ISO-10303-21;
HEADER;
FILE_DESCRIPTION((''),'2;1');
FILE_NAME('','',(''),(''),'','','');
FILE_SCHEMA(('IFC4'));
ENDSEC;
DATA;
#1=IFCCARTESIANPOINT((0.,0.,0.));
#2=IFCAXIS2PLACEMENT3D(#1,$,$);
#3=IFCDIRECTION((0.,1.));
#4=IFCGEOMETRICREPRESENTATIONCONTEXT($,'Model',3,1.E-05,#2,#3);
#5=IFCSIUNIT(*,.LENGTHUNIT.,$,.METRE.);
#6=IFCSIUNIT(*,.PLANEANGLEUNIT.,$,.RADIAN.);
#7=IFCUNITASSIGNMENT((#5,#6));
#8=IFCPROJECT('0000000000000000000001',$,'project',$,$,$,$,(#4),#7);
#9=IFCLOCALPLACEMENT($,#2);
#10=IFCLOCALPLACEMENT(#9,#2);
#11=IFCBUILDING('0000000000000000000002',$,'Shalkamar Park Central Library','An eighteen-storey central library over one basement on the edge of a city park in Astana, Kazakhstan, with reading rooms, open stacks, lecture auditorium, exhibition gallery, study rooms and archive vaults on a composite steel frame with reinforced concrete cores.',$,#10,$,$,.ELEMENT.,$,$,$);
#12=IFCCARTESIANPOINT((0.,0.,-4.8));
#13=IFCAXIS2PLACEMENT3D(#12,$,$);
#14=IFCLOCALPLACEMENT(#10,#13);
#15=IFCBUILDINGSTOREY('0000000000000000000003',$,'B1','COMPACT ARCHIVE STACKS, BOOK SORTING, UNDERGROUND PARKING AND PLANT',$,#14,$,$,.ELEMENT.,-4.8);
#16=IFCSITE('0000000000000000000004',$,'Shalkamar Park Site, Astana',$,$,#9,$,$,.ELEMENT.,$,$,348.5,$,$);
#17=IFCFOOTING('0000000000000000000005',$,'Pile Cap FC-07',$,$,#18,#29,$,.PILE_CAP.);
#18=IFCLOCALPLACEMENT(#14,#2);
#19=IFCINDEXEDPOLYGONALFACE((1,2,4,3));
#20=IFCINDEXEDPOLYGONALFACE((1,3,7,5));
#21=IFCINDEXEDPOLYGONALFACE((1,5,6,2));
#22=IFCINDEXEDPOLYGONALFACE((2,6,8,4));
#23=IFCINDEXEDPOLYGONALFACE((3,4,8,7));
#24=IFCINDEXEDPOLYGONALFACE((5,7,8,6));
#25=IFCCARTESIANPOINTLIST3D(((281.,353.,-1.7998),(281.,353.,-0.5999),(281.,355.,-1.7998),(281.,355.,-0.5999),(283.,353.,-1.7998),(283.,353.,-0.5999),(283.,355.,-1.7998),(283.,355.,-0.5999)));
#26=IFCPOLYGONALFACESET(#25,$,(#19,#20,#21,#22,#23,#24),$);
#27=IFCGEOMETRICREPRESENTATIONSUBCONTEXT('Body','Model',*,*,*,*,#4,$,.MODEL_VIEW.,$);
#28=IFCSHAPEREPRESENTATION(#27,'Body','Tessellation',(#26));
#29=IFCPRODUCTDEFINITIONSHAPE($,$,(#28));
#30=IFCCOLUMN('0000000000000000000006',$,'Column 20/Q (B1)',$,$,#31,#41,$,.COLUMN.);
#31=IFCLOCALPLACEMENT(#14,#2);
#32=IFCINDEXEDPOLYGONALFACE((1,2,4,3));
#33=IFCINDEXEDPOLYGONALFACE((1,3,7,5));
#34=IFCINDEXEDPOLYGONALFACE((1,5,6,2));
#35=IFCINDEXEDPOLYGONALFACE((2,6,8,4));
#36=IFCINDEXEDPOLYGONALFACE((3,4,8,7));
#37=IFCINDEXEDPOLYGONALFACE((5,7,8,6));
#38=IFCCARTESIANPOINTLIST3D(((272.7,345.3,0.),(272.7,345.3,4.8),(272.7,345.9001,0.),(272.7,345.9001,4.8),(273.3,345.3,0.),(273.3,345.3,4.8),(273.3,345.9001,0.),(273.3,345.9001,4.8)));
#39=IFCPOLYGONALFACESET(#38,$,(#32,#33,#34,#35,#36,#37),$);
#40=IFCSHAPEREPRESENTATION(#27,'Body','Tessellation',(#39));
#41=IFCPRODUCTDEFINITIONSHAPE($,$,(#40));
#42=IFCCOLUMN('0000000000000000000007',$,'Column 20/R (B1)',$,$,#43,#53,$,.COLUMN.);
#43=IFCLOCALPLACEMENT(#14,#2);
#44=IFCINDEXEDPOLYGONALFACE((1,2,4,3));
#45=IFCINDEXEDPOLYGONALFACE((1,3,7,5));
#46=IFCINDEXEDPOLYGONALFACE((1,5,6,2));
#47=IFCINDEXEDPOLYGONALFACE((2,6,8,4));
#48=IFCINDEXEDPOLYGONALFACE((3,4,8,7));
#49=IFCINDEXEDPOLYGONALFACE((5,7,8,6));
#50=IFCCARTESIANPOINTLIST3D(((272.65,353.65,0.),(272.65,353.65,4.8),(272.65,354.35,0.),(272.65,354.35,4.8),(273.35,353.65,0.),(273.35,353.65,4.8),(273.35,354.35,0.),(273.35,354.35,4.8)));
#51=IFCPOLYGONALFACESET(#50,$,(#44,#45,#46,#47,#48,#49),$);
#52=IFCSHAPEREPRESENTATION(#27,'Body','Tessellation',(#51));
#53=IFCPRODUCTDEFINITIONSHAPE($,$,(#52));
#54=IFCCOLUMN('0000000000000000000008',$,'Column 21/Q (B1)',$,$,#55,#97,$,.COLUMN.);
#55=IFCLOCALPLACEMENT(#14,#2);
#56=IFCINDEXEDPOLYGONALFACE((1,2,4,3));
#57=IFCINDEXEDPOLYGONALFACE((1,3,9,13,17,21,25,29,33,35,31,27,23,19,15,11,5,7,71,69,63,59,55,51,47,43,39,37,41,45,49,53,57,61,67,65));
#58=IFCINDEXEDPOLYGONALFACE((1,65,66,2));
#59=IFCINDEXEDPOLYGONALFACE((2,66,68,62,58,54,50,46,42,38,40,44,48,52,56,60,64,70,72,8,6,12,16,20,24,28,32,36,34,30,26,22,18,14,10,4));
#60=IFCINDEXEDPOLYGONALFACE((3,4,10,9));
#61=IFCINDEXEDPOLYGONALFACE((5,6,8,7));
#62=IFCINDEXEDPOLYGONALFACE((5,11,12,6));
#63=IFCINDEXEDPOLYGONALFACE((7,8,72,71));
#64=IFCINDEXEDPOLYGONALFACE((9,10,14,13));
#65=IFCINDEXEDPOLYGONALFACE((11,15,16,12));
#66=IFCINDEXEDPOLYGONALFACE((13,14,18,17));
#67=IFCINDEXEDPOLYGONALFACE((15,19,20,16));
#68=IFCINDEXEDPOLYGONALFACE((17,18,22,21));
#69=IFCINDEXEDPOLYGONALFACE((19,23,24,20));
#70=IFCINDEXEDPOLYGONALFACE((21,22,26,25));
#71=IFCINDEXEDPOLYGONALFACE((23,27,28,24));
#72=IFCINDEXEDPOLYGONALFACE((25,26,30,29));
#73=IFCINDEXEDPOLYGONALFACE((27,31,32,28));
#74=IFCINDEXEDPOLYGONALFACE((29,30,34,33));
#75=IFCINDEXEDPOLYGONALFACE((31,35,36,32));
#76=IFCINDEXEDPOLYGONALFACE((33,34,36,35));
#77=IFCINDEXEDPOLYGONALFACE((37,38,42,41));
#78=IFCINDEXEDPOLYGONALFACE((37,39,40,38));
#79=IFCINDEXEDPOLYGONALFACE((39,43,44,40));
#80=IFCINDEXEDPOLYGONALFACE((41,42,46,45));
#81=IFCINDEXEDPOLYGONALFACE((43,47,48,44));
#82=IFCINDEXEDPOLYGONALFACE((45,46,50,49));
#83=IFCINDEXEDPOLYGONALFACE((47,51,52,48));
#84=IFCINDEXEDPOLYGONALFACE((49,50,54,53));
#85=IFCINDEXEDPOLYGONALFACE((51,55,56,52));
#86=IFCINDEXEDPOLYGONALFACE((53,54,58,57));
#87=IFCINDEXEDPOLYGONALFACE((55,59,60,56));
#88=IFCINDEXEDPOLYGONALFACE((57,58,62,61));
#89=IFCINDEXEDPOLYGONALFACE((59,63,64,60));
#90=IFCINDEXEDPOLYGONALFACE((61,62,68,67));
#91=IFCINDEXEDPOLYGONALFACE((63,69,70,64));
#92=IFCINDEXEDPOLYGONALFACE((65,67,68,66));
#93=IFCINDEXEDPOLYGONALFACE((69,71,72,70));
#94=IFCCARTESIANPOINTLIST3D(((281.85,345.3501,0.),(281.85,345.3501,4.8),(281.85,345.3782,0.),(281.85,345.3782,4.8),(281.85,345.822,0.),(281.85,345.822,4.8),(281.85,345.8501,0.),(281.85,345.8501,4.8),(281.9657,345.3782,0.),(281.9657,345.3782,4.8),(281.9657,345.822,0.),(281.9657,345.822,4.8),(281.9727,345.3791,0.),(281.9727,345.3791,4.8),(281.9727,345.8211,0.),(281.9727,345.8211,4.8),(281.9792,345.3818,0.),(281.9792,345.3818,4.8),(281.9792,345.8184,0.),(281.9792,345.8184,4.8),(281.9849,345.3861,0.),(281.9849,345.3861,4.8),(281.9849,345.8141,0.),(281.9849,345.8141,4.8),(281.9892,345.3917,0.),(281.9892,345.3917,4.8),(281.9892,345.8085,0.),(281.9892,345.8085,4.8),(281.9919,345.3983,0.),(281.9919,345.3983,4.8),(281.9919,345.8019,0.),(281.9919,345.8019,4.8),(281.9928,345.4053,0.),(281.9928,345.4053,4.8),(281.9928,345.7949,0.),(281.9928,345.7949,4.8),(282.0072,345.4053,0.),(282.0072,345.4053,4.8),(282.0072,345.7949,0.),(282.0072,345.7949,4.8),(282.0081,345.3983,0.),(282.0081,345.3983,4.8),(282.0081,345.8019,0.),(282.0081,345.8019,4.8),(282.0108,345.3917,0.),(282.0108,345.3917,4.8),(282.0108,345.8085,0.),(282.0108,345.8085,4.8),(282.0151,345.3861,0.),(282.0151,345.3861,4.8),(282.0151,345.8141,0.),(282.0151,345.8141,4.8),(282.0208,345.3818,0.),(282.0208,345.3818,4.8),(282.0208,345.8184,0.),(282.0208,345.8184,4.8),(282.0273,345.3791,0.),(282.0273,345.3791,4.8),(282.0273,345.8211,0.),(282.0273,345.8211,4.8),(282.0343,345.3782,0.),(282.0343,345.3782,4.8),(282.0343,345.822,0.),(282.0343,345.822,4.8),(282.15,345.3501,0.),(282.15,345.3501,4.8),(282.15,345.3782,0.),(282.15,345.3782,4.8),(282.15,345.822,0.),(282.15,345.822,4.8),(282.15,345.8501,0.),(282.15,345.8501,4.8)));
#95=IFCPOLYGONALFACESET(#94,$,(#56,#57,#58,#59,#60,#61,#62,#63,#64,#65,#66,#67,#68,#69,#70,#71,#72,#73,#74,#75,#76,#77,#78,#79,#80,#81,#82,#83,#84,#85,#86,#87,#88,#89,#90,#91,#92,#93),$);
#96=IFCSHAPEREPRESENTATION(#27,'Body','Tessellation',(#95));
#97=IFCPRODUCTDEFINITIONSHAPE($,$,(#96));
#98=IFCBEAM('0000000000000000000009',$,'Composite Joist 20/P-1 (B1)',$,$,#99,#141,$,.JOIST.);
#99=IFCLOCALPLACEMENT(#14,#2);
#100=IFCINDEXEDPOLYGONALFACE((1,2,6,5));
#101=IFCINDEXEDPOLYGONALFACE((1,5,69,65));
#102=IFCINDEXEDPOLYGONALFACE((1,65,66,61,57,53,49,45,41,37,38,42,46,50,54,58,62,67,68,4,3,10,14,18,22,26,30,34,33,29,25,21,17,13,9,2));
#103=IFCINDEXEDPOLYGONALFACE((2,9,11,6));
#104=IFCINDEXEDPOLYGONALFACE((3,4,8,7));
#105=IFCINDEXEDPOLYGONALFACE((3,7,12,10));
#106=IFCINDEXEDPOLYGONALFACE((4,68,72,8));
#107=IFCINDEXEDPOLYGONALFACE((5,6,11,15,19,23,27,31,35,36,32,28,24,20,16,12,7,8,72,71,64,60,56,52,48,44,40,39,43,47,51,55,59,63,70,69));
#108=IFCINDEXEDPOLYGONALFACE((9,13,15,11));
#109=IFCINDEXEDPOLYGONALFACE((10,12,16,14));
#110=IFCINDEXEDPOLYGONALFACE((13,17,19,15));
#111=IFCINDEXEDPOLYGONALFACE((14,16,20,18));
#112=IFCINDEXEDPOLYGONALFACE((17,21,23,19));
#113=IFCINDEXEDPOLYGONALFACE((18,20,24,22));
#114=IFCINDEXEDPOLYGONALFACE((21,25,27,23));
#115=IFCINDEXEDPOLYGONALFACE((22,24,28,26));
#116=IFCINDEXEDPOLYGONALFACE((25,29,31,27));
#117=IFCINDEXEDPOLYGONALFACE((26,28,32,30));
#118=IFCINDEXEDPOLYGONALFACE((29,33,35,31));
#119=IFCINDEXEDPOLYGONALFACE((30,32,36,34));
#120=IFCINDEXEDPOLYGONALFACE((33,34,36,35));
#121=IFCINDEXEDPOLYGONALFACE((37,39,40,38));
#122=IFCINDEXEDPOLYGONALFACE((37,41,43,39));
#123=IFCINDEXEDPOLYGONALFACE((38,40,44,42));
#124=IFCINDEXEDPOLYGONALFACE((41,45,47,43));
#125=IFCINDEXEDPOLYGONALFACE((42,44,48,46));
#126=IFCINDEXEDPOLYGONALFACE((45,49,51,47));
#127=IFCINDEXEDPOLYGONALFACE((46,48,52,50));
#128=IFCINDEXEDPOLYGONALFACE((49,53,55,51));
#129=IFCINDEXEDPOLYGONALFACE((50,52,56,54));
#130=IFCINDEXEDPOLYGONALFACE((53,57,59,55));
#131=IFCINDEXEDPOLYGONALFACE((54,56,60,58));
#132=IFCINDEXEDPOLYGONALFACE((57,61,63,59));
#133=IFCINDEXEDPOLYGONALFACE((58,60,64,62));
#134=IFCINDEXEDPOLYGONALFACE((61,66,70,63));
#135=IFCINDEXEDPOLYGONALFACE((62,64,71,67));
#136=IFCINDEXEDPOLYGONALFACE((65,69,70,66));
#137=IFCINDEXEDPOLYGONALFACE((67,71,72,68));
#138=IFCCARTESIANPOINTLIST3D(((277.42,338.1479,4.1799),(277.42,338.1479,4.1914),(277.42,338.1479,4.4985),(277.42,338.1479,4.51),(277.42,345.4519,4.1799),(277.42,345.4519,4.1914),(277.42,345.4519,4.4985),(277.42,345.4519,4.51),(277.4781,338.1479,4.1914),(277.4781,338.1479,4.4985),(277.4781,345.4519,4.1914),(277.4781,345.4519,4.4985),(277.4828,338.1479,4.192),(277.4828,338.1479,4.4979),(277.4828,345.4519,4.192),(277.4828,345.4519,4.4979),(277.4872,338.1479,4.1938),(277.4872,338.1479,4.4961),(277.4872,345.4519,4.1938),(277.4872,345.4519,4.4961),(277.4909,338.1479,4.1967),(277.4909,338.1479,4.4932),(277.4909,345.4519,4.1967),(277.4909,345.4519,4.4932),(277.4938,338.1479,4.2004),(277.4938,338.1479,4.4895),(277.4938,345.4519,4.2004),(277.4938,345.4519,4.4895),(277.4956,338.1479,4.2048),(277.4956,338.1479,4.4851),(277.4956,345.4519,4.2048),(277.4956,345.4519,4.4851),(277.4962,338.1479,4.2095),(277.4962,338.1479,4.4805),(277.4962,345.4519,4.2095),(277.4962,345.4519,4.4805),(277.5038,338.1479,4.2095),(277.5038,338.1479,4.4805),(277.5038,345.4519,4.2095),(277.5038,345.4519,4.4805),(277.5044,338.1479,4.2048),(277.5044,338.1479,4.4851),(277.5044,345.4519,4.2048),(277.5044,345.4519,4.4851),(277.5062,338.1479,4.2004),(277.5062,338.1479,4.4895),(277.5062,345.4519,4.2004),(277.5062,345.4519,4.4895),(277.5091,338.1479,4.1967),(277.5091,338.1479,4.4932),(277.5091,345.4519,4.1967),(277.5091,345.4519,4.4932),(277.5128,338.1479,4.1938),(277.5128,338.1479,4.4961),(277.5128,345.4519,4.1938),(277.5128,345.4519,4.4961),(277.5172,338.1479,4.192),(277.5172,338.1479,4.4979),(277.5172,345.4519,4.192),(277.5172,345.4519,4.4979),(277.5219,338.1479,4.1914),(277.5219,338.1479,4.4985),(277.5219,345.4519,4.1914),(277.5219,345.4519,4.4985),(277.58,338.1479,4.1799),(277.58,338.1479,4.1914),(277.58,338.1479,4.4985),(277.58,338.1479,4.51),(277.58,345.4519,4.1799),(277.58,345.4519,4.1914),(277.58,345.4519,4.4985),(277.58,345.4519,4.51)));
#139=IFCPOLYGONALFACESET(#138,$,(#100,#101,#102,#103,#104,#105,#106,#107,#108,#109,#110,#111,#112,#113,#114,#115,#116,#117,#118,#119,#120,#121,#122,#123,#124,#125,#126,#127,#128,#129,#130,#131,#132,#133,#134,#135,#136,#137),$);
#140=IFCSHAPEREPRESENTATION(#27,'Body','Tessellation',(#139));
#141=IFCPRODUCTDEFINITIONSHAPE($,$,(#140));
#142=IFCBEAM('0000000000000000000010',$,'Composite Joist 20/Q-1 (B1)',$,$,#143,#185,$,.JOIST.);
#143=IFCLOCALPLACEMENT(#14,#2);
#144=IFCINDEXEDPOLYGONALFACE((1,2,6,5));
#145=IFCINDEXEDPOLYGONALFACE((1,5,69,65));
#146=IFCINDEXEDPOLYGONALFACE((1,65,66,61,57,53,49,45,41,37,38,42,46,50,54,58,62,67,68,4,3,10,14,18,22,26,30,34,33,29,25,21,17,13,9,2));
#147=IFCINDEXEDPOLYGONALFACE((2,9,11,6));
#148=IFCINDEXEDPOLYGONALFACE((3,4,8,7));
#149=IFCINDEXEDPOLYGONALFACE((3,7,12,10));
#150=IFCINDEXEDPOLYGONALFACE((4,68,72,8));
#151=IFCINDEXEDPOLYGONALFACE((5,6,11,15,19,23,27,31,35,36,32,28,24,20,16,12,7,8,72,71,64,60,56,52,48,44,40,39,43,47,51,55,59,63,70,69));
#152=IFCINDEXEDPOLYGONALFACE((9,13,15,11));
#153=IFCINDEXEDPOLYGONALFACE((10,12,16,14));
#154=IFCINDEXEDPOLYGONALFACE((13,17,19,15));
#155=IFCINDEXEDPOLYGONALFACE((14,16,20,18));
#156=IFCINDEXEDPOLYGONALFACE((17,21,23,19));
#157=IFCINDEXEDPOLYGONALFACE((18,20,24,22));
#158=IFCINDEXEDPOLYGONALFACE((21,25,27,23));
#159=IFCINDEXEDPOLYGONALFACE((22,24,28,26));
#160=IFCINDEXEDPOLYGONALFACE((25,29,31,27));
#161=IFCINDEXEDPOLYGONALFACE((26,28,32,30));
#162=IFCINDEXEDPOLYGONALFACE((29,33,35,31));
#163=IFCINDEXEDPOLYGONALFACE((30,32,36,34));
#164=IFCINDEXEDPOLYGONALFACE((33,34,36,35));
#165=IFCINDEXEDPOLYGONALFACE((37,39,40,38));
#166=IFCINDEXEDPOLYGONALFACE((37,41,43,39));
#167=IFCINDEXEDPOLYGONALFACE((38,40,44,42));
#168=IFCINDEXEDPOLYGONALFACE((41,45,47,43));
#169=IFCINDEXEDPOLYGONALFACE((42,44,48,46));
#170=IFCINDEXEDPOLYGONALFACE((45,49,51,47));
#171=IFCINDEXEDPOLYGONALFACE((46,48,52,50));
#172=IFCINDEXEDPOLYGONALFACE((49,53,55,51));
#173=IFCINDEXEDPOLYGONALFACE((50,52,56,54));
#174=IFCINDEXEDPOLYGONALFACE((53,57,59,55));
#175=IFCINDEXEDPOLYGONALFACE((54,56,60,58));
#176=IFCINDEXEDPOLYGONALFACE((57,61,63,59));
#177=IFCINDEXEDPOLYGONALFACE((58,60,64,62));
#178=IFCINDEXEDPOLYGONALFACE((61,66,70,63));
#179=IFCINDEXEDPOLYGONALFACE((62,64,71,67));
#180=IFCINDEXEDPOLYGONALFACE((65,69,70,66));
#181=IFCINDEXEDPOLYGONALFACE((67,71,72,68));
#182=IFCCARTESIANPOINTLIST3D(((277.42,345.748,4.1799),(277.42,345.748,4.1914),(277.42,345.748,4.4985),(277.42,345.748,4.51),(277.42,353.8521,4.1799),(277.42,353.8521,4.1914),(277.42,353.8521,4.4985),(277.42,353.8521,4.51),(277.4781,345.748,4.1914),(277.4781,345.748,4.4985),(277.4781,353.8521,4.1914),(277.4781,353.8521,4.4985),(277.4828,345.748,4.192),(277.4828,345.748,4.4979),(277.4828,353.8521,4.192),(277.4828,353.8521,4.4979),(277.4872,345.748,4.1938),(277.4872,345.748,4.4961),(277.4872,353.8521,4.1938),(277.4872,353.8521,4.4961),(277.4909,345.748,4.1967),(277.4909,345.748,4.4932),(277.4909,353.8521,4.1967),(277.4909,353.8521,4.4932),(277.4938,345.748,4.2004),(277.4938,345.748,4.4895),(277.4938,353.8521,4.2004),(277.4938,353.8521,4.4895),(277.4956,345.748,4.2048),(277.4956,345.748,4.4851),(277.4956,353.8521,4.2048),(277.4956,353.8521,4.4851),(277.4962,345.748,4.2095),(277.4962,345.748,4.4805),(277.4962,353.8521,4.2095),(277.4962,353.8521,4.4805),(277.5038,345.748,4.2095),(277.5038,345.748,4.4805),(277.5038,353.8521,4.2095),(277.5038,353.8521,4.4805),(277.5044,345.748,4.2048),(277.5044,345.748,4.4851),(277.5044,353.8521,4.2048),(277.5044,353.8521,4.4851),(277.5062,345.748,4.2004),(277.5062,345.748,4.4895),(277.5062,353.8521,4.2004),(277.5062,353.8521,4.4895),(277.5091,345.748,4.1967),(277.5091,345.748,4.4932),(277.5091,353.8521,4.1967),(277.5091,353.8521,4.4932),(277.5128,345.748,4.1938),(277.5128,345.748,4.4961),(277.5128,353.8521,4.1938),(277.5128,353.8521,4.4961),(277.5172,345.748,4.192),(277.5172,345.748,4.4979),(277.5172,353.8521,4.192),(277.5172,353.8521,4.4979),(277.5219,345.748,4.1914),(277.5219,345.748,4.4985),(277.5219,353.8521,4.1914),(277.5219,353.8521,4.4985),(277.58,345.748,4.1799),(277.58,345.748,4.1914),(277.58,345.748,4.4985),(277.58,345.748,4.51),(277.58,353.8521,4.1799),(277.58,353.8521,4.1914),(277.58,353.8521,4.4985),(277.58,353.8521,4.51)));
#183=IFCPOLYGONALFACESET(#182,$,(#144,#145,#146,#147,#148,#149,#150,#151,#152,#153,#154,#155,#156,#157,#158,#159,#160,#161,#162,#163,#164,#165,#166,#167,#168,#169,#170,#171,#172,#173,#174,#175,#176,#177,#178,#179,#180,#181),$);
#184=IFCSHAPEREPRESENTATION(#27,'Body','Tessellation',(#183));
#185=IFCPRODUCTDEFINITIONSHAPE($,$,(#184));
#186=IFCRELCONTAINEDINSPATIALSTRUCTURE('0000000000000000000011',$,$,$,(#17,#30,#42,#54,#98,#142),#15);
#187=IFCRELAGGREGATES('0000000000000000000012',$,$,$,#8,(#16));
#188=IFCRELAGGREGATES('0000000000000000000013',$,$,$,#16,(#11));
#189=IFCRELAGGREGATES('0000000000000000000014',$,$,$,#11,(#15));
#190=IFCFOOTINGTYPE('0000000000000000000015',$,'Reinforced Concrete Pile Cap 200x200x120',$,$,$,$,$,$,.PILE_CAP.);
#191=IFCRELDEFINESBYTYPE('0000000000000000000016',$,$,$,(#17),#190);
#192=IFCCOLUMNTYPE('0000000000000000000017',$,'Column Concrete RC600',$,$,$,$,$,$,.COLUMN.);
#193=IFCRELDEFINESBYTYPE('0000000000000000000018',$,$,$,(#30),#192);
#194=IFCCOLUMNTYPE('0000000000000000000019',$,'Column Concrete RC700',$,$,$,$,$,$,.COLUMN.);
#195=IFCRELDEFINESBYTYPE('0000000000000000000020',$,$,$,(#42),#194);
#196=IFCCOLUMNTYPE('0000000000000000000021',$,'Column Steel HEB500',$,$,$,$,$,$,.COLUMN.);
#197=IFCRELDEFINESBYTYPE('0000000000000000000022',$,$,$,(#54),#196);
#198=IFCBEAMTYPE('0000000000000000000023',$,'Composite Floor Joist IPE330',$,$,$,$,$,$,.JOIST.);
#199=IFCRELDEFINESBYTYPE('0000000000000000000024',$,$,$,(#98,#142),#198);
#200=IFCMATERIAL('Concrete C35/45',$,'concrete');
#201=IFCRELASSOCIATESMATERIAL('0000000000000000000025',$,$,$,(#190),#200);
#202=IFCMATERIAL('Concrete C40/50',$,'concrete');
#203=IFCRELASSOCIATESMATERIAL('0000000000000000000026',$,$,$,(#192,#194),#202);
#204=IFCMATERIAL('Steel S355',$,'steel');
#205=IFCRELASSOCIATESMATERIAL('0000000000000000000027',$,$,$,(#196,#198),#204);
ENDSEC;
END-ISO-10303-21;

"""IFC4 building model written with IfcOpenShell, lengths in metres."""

from ifc_helpers import new_model, si_unit, direction, frame, origin, origin_2d, place, context, subcontext, project, spatial, rectangle, i_section, extrude, material, material_profile, profile_set, type_object, element, save


model = new_model("IFC4")

# Units and contexts
model_context = context("Model", 3, precision=1e-05, world=origin(), true_north=direction((0.0, 1.0)))
body_context = subcontext(model_context, "Body", "Model", "MODEL_VIEW")
ifc_project = project(units=[si_unit("LENGTHUNIT", "METRE"), si_unit("PLANEANGLEUNIT", "RADIAN")], contexts=[model_context])

# Site, building, storey
site_placement = place(None, origin())
site = spatial("IfcSite", under=ifc_project, at=site_placement, Name="Shalkamar Park Site, Astana", CompositionType="ELEMENT", RefElevation=348.5)
building_placement = place(site_placement, origin())
building = spatial("IfcBuilding", under=site, at=building_placement, Name="Shalkamar Park Central Library", Description="An eighteen-storey central library over one basement on the edge of a city park in Astana, Kazakhstan, with reading rooms, open stacks, lecture auditorium, exhibition gallery, study rooms and archive vaults on a composite steel frame with reinforced concrete cores.", CompositionType="ELEMENT")
storey_placement = place(building_placement, frame((0.0, 0.0, -4.8)))
storey = spatial("IfcBuildingStorey", under=building, at=storey_placement, Name="B1", Description="COMPACT ARCHIVE STACKS, BOOK SORTING, UNDERGROUND PARKING AND PLANT", CompositionType="ELEMENT", Elevation=-4.8)

# Shared definitions
ifc_material_1 = material(Name="Concrete C35/45", Category="concrete")

# Footing
footing_type_1 = type_object("IfcFootingType", Name="Reinforced Concrete Pile Cap 200x200x120", PredefinedType="PILE_CAP", material=ifc_material_1)
footing_1_placement = place(storey_placement, frame((282.0, 354.0, -1.7998), z_axis=(0.0, 0.0, 1.0), x_axis=(1.0, 0.0, 0.0)))
element("IfcFooting", 1, at=footing_1_placement, inside=storey, type_object=footing_type_1, Name="Pile Cap FC-07", PredefinedType="PILE_CAP", context=body_context, shape_type="SweptSolid", body=[
    extrude(rectangle(XDim=2.0, YDim=2.0, at=origin_2d()), origin(), (0.0, 0.0, 1.0), 1.2),
])

# Columns
ifc_material_2 = material(Name="Concrete C40/50", Category="concrete")
ifc_material_profile_1 = material_profile(ifc_material_2, rectangle(XDim=0.6001, YDim=0.6001, at=origin_2d()), Name="RC 600x600")
ifc_profile_set_1 = profile_set([ifc_material_profile_1], Name="Concrete C40/50")
column_type_1 = type_object("IfcColumnType", Name="Column Concrete RC600", PredefinedType="COLUMN", material=ifc_profile_set_1)
column_1_placement = place(storey_placement, frame((273.0, 345.6001, 0.0), z_axis=(0.0, 0.0, 1.0), x_axis=(1.0, 0.0, 0.0)))
element("IfcColumn", 2, at=column_1_placement, inside=storey, type_object=column_type_1, Name="Column 20/Q (B1)", PredefinedType="COLUMN", context=body_context, shape_type="SweptSolid", body=[
    extrude(rectangle(XDim=0.6001, YDim=0.6001, at=origin_2d()), origin(), (0.0, 0.0, 1.0), 4.8),
])
ifc_material_profile_2 = material_profile(ifc_material_2, rectangle(XDim=0.7, YDim=0.7, at=origin_2d()), Name="RC 700x700")
ifc_profile_set_2 = profile_set([ifc_material_profile_2], Name="Concrete C40/50")
column_type_2 = type_object("IfcColumnType", Name="Column Concrete RC700", PredefinedType="COLUMN", material=ifc_profile_set_2)
column_2_placement = place(storey_placement, frame((273.0, 354.0, 0.0), z_axis=(0.0, 0.0, 1.0), x_axis=(1.0, 0.0, 0.0)))
element("IfcColumn", 3, at=column_2_placement, inside=storey, type_object=column_type_2, Name="Column 20/R (B1)", PredefinedType="COLUMN", context=body_context, shape_type="SweptSolid", body=[
    extrude(rectangle(XDim=0.7, YDim=0.7, at=origin_2d()), origin(), (0.0, 0.0, 1.0), 4.8),
])
ifc_material_3 = material(Name="Steel S355", Category="steel")
ifc_material_profile_3 = material_profile(ifc_material_3, i_section(OverallWidth=0.3, OverallDepth=0.5, WebThickness=0.0144, FlangeThickness=0.0281, FilletRadius=0.0271, at=origin_2d()), Name="HEB 500")
ifc_profile_set_3 = profile_set([ifc_material_profile_3], Name="Steel S355")
column_type_3 = type_object("IfcColumnType", Name="Column Steel HEB500", PredefinedType="COLUMN", material=ifc_profile_set_3)
column_3_placement = place(storey_placement, frame((282.0, 345.6001, 0.0), z_axis=(0.0, 0.0, 1.0), x_axis=(1.0, 0.0, 0.0)))
element("IfcColumn", 4, at=column_3_placement, inside=storey, type_object=column_type_3, Name="Column 21/Q (B1)", PredefinedType="COLUMN", context=body_context, shape_type="SweptSolid", body=[
    extrude(i_section(OverallWidth=0.3, OverallDepth=0.5, WebThickness=0.0144, FlangeThickness=0.0281, FilletRadius=0.0271, at=origin_2d()), origin(), (0.0, 0.0, 1.0), 4.8),
])

# Beams
ifc_material_profile_4 = material_profile(ifc_material_3, i_section(OverallWidth=0.1599, OverallDepth=0.3301, WebThickness=0.0076, FlangeThickness=0.0115, FilletRadius=0.0181, at=origin_2d()), Name="IPE 330")
ifc_profile_set_4 = profile_set([ifc_material_profile_4], Name="Steel S355")
beam_type_1 = type_object("IfcBeamType", Name="Composite Floor Joist IPE330", PredefinedType="JOIST", material=ifc_profile_set_4)
beam_1_placement = place(storey_placement, frame((277.5, 338.1479, 4.345), z_axis=(0.0, 1.0, 0.0), x_axis=(-1.0, 0.0, 0.0)))
element("IfcBeam", 5, at=beam_1_placement, inside=storey, type_object=beam_type_1, Name="Composite Joist 20/P-1 (B1)", PredefinedType="JOIST", context=body_context, shape_type="SweptSolid", body=[
    extrude(i_section(OverallWidth=0.1599, OverallDepth=0.3301, WebThickness=0.0076, FlangeThickness=0.0115, FilletRadius=0.0181, at=origin_2d()), origin(), (0.0, 0.0, 1.0), 7.304),
])
beam_2_placement = place(storey_placement, frame((277.5, 345.748, 4.345), z_axis=(0.0, 1.0, 0.0), x_axis=(-1.0, 0.0, 0.0)))
element("IfcBeam", 6, at=beam_2_placement, inside=storey, type_object=beam_type_1, Name="Composite Joist 20/Q-1 (B1)", PredefinedType="JOIST", context=body_context, shape_type="SweptSolid", body=[
    extrude(i_section(OverallWidth=0.1599, OverallDepth=0.3301, WebThickness=0.0076, FlangeThickness=0.0115, FilletRadius=0.0181, at=origin_2d()), origin(), (0.0, 0.0, 1.0), 8.104),
])

save(model, "model.ifc")
